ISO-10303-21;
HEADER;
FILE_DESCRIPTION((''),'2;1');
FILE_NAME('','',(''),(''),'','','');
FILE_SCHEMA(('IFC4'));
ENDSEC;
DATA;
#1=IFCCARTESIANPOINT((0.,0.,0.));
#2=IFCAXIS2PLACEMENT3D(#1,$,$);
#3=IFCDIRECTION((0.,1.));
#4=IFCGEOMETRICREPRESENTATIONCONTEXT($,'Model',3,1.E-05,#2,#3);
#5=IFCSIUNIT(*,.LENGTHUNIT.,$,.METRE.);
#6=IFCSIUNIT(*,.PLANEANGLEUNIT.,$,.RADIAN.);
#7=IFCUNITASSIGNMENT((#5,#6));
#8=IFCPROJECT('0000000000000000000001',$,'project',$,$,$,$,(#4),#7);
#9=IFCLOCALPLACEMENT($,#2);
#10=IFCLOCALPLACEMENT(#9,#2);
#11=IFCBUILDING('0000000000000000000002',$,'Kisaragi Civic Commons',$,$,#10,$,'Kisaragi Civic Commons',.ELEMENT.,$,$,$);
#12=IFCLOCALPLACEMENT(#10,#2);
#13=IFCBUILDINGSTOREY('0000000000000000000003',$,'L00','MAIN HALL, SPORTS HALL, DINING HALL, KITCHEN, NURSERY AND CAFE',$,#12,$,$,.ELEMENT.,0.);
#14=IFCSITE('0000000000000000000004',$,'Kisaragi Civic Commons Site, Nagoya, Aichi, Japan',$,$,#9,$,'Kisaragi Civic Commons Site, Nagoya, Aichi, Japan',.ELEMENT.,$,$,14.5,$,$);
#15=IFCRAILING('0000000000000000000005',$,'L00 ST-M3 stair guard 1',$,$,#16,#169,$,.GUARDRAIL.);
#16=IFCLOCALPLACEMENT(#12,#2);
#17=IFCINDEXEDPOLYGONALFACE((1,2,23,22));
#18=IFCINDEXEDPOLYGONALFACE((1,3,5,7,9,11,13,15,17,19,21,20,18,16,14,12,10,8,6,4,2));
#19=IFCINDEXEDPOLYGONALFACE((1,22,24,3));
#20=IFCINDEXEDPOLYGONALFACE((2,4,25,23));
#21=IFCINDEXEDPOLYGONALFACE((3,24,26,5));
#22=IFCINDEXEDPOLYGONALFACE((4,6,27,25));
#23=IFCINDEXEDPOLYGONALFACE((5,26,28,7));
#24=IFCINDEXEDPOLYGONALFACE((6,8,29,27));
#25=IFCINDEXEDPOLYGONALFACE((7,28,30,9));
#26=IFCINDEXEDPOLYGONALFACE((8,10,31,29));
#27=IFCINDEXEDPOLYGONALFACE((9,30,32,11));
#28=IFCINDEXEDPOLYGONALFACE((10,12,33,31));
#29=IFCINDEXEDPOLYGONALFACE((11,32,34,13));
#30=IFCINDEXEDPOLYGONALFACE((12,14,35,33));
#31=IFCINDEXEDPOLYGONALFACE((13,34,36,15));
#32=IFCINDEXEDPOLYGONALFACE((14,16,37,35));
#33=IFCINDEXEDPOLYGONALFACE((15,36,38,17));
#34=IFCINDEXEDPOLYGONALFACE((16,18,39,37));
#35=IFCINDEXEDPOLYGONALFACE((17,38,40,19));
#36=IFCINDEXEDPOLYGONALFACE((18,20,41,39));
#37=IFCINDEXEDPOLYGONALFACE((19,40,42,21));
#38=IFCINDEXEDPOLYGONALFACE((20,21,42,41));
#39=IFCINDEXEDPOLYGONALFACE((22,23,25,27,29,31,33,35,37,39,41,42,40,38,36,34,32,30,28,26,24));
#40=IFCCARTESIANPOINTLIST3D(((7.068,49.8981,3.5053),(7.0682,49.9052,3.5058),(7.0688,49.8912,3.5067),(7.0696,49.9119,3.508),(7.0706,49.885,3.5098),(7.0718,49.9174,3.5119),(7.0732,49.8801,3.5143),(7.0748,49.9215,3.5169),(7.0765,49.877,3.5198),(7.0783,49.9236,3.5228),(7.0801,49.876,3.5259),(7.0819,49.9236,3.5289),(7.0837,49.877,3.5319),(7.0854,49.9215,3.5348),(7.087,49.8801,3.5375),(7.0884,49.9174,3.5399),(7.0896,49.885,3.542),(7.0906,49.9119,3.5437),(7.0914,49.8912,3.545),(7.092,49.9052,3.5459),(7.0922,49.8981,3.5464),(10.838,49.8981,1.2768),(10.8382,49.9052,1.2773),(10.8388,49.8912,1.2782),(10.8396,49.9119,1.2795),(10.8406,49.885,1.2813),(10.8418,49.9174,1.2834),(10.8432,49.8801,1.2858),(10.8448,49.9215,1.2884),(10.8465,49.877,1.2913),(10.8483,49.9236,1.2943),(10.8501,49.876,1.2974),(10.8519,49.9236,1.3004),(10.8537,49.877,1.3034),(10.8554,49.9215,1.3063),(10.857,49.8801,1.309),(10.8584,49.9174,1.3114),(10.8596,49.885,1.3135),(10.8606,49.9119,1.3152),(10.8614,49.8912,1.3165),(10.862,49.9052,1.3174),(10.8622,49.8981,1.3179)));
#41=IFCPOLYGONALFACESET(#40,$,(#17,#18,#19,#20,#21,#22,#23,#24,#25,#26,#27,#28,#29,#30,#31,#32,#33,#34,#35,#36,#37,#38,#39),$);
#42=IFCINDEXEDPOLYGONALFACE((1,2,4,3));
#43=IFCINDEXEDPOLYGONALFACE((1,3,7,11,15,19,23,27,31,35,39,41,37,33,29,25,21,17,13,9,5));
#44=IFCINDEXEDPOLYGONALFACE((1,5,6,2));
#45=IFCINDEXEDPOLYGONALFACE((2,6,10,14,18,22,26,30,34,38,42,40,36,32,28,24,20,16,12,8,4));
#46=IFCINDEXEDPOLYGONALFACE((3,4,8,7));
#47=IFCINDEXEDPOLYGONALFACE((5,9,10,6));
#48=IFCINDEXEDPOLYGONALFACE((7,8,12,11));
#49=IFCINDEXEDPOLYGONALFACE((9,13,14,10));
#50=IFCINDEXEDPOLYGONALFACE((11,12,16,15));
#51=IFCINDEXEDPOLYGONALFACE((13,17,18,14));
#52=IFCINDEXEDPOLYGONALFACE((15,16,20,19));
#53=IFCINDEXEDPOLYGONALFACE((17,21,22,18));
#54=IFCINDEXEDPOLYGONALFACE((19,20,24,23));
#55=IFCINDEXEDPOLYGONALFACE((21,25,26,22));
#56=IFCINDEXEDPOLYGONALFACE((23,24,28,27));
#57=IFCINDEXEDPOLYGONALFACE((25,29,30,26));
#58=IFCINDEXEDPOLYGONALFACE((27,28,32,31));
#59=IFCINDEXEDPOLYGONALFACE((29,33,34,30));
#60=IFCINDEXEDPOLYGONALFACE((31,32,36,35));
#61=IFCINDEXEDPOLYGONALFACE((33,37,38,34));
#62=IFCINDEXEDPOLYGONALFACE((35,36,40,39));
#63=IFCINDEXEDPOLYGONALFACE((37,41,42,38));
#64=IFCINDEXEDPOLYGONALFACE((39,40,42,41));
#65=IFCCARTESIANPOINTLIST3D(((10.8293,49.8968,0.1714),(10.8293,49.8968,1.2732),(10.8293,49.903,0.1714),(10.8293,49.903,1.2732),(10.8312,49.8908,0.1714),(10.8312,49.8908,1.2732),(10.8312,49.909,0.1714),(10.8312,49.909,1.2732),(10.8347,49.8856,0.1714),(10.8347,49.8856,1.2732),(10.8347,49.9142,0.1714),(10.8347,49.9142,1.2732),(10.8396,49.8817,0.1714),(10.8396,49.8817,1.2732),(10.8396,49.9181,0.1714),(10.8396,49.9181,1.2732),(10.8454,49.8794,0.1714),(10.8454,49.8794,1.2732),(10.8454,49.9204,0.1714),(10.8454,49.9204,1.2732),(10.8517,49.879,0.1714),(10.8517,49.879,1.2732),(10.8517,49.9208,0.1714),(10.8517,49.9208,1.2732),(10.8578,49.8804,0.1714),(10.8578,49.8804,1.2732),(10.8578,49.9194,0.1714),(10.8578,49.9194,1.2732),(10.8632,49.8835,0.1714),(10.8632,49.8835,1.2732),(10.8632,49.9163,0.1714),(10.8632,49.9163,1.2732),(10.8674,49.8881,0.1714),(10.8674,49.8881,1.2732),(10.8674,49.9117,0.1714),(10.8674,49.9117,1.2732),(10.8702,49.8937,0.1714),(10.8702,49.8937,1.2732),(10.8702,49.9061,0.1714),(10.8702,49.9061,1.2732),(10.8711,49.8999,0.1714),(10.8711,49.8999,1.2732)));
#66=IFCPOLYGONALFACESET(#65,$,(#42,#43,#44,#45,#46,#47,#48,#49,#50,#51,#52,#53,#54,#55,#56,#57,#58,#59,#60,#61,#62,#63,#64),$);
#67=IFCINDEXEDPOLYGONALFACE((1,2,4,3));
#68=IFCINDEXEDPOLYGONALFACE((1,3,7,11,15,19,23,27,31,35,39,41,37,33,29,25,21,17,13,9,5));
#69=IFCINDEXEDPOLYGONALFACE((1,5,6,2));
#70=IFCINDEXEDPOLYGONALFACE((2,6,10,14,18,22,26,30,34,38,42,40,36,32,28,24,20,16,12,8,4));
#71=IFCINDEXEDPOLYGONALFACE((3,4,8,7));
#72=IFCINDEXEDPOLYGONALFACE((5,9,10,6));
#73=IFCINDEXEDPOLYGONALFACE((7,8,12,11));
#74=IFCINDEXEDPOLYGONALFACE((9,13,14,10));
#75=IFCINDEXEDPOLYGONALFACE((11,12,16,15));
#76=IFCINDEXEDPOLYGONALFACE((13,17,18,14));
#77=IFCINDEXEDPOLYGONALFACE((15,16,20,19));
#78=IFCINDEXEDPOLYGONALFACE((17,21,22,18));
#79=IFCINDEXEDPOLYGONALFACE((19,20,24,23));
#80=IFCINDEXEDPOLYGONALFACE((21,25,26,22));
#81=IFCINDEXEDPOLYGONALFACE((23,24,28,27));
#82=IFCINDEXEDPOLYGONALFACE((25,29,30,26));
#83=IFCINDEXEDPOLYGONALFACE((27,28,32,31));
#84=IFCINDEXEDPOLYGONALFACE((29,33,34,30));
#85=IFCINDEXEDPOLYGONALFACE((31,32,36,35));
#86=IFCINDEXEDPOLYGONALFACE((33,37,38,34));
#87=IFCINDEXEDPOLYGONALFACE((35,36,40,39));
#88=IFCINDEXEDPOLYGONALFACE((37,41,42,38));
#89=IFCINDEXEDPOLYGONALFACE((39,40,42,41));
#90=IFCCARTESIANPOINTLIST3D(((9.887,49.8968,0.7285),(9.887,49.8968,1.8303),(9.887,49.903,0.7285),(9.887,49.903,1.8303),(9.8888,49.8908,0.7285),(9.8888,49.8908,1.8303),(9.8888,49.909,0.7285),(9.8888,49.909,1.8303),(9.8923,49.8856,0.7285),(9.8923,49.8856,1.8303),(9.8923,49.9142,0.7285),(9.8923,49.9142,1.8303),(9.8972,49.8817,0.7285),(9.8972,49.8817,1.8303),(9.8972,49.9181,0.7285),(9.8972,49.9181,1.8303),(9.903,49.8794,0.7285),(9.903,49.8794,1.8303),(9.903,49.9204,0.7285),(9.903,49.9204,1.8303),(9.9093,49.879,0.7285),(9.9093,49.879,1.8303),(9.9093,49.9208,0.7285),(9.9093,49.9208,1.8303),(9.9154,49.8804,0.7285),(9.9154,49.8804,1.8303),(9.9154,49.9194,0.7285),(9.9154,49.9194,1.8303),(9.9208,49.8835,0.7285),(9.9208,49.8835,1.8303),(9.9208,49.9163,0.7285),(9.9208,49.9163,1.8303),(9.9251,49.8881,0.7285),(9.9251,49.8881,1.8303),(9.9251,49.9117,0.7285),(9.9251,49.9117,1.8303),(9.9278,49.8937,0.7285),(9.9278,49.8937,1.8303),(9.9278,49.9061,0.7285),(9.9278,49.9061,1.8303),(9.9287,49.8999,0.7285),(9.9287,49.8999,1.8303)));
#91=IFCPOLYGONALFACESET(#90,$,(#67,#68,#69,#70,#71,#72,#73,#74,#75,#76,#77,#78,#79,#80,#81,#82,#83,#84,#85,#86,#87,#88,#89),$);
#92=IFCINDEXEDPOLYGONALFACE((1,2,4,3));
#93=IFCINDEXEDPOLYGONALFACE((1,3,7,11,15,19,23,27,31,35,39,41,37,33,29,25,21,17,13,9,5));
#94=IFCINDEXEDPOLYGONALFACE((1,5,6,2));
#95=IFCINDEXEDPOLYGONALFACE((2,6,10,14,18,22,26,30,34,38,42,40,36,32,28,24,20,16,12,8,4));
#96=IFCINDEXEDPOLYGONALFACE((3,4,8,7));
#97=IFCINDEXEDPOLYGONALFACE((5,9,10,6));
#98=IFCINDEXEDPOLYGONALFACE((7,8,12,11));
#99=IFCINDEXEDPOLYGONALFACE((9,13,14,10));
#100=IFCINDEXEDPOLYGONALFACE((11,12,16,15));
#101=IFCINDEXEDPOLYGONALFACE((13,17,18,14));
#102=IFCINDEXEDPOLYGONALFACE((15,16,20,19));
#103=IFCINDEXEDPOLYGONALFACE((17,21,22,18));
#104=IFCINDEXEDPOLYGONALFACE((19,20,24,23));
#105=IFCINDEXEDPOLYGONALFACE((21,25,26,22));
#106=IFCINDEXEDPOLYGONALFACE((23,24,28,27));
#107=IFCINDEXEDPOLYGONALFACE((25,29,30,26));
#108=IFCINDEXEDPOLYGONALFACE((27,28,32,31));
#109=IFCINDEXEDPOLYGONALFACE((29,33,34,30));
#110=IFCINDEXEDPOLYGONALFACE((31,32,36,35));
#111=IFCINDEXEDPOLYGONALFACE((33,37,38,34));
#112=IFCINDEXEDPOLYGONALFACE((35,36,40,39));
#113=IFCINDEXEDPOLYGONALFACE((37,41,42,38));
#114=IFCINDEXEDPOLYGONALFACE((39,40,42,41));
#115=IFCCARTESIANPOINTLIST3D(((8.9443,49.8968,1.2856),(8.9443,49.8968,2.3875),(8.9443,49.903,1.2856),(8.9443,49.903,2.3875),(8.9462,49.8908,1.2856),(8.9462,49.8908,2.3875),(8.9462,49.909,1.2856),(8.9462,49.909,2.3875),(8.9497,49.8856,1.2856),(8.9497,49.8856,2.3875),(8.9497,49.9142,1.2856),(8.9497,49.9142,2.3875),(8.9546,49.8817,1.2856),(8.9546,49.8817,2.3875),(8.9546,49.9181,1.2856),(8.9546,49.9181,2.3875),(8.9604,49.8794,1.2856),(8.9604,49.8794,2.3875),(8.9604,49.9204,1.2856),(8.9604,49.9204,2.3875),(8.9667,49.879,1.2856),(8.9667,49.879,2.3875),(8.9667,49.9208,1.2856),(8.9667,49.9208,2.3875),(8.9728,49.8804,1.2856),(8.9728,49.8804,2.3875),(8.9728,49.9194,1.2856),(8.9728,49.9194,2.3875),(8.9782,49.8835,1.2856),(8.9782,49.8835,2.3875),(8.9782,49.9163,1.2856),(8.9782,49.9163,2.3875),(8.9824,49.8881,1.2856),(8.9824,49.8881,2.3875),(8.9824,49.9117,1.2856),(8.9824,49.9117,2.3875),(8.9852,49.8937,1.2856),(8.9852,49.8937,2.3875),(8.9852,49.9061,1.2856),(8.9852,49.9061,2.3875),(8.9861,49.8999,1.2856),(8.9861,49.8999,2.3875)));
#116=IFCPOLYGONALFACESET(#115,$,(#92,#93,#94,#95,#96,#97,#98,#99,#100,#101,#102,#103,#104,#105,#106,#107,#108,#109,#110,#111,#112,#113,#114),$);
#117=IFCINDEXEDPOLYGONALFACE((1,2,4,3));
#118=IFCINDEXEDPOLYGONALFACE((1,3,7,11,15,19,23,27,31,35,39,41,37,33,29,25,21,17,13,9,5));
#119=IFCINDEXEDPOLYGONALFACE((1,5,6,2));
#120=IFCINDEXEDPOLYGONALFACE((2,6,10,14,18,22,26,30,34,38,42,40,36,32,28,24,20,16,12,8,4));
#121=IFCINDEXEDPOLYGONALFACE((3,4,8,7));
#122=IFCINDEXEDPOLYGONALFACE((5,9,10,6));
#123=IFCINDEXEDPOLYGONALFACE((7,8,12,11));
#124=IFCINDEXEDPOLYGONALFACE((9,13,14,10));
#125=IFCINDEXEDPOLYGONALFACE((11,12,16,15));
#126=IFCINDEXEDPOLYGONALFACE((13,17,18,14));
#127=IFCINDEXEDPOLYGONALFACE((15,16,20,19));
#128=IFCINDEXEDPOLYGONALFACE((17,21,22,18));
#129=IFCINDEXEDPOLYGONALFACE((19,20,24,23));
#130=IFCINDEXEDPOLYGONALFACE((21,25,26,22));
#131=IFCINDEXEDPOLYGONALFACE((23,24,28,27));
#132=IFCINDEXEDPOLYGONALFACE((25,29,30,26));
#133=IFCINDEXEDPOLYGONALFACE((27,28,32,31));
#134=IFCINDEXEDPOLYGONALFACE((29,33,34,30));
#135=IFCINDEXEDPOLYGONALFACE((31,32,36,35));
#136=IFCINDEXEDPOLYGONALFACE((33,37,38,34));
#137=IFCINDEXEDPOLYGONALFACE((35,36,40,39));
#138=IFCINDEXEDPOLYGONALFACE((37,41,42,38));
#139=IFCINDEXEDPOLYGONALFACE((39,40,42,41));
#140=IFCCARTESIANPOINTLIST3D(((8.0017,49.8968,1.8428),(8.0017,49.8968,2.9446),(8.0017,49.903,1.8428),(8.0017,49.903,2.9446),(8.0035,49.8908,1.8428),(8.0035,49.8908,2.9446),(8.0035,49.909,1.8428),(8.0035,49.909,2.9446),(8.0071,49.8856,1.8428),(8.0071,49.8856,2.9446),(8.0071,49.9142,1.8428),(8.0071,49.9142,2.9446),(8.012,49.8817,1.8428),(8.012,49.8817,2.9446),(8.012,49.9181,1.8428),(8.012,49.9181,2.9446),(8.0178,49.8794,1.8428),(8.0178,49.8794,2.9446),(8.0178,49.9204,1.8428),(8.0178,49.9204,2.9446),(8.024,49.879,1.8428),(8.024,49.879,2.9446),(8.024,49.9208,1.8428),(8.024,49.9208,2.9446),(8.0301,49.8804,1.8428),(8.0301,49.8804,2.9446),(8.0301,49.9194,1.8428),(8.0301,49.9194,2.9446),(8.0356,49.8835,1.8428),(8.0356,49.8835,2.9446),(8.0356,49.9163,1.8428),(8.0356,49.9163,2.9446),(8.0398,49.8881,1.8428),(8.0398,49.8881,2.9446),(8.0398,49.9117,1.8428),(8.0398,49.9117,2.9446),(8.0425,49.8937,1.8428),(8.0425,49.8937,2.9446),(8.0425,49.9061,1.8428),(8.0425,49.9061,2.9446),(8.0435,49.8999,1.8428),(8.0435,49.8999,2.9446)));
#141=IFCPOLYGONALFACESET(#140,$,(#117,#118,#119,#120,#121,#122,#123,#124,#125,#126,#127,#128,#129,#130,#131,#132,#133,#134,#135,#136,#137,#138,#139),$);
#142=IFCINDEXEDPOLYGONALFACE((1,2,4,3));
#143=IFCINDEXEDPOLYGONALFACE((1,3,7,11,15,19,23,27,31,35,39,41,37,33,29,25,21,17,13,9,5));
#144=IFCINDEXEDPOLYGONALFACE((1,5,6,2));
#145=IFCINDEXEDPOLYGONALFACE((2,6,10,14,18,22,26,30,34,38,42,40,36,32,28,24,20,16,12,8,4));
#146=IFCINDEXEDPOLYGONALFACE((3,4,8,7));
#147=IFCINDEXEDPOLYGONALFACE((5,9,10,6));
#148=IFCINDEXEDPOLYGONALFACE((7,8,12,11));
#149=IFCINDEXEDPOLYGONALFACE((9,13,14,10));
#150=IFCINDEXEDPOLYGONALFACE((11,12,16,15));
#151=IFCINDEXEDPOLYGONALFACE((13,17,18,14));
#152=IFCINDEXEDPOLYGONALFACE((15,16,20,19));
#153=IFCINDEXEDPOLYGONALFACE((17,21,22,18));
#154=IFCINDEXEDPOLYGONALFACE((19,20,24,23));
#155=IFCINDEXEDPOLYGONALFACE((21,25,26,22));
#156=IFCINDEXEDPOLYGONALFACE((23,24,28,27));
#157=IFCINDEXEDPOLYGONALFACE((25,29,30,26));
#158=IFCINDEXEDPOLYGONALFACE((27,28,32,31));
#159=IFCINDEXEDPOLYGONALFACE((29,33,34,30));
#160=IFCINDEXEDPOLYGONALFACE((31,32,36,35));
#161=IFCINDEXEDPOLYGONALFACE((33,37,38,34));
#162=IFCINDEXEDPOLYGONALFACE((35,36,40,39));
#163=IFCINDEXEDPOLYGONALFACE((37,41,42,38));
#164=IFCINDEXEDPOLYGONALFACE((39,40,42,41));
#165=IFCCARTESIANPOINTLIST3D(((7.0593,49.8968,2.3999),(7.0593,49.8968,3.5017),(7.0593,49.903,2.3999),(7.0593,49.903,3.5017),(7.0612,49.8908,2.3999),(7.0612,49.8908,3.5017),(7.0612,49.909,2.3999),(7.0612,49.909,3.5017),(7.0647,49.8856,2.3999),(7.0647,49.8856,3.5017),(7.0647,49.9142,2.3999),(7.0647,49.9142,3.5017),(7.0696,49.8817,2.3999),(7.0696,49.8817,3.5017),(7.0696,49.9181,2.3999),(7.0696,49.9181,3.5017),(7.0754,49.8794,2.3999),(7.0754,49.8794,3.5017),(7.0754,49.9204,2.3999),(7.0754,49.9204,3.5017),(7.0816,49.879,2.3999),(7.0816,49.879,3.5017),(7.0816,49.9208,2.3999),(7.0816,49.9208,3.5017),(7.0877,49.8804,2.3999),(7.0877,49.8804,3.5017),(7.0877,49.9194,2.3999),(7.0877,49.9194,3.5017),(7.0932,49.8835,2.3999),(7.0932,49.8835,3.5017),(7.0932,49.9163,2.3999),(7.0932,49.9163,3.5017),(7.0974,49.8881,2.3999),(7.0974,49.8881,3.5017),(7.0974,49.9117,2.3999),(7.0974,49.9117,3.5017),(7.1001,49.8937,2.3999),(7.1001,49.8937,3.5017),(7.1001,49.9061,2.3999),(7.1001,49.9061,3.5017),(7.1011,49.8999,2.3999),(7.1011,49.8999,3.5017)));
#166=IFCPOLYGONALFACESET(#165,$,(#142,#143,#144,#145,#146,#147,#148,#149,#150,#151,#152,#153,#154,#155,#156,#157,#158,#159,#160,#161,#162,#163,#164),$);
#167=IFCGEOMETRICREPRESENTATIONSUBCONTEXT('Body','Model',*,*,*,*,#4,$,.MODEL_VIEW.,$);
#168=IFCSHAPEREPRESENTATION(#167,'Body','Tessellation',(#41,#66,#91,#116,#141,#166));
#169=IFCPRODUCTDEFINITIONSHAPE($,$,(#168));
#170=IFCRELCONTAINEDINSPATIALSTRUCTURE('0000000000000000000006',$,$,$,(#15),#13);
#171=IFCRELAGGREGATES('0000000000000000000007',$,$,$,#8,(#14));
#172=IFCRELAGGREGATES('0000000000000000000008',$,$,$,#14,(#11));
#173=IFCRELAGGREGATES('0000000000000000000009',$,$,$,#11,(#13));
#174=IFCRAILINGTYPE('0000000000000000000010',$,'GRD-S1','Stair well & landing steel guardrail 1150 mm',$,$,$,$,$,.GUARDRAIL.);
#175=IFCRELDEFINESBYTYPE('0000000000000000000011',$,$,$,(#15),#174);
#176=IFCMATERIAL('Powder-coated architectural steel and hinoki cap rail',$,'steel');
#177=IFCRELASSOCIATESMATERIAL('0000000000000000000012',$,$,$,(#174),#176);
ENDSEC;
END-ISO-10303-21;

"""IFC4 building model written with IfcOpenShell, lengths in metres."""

from ifc_helpers import new_model, si_unit, direction, frame, origin, origin_2d, place, context, subcontext, project, spatial, circle, extrude, material, type_object, element, save


model = new_model("IFC4")

# Units and contexts
model_context = context("Model", 3, precision=1e-05, world=origin(), true_north=direction((0.0, 1.0)))
body_context = subcontext(model_context, "Body", "Model", "MODEL_VIEW")
ifc_project = project(units=[si_unit("LENGTHUNIT", "METRE"), si_unit("PLANEANGLEUNIT", "RADIAN")], contexts=[model_context])

# Site, building, storey
site_placement = place(None, origin())
site = spatial("IfcSite", under=ifc_project, at=site_placement, Name="Kisaragi Civic Commons Site, Nagoya, Aichi, Japan", LongName="Kisaragi Civic Commons Site, Nagoya, Aichi, Japan", CompositionType="ELEMENT", RefElevation=14.5)
building_placement = place(site_placement, origin())
building = spatial("IfcBuilding", under=site, at=building_placement, Name="Kisaragi Civic Commons", LongName="Kisaragi Civic Commons", CompositionType="ELEMENT")
storey_placement = place(building_placement, origin())
storey = spatial("IfcBuildingStorey", under=building, at=storey_placement, Name="L00", Description="MAIN HALL, SPORTS HALL, DINING HALL, KITCHEN, NURSERY AND CAFE", CompositionType="ELEMENT", Elevation=0.0)

# Railing
ifc_material_1 = material(Name="Powder-coated architectural steel and hinoki cap rail", Category="steel")
railing_type_1 = type_object("IfcRailingType", Name="GRD-S1", Description="Stair well & landing steel guardrail 1150 mm", PredefinedType="GUARDRAIL", material=ifc_material_1)
railing_1_placement = place(storey_placement, frame((10.8501, 49.8999, 0.1714)))
element("IfcRailing", 1, at=railing_1_placement, inside=storey, type_object=railing_type_1, Name="L00 ST-M3 stair guard 1", PredefinedType="GUARDRAIL", context=body_context, shape_type="SweptSolid", body=[
    extrude(circle(Radius=0.0239, at=origin_2d()), frame((0.0, 0.0, 1.126), z_axis=(-0.860849, 0.0, 0.508861), x_axis=(0.0, -1.0, 0.0)), (0.0, 0.0, 1.0), 4.3794),
    extrude(circle(Radius=0.021, at=origin_2d()), origin(), (0.0, 0.0, 1.0), 1.1018),
    extrude(circle(Radius=0.021, at=origin_2d()), frame((-0.9424, 0.0, 0.5571)), (0.0, 0.0, 1.0), 1.1018),
    extrude(circle(Radius=0.021, at=origin_2d()), frame((-1.885, 0.0, 1.1143)), (0.0, 0.0, 1.0), 1.1018),
    extrude(circle(Radius=0.021, at=origin_2d()), frame((-2.8276, 0.0, 1.6714)), (0.0, 0.0, 1.0), 1.1018),
    extrude(circle(Radius=0.021, at=origin_2d()), frame((-3.77, 0.0, 2.2285)), (0.0, 0.0, 1.0), 1.1018),
])

save(model, "model.ifc")
